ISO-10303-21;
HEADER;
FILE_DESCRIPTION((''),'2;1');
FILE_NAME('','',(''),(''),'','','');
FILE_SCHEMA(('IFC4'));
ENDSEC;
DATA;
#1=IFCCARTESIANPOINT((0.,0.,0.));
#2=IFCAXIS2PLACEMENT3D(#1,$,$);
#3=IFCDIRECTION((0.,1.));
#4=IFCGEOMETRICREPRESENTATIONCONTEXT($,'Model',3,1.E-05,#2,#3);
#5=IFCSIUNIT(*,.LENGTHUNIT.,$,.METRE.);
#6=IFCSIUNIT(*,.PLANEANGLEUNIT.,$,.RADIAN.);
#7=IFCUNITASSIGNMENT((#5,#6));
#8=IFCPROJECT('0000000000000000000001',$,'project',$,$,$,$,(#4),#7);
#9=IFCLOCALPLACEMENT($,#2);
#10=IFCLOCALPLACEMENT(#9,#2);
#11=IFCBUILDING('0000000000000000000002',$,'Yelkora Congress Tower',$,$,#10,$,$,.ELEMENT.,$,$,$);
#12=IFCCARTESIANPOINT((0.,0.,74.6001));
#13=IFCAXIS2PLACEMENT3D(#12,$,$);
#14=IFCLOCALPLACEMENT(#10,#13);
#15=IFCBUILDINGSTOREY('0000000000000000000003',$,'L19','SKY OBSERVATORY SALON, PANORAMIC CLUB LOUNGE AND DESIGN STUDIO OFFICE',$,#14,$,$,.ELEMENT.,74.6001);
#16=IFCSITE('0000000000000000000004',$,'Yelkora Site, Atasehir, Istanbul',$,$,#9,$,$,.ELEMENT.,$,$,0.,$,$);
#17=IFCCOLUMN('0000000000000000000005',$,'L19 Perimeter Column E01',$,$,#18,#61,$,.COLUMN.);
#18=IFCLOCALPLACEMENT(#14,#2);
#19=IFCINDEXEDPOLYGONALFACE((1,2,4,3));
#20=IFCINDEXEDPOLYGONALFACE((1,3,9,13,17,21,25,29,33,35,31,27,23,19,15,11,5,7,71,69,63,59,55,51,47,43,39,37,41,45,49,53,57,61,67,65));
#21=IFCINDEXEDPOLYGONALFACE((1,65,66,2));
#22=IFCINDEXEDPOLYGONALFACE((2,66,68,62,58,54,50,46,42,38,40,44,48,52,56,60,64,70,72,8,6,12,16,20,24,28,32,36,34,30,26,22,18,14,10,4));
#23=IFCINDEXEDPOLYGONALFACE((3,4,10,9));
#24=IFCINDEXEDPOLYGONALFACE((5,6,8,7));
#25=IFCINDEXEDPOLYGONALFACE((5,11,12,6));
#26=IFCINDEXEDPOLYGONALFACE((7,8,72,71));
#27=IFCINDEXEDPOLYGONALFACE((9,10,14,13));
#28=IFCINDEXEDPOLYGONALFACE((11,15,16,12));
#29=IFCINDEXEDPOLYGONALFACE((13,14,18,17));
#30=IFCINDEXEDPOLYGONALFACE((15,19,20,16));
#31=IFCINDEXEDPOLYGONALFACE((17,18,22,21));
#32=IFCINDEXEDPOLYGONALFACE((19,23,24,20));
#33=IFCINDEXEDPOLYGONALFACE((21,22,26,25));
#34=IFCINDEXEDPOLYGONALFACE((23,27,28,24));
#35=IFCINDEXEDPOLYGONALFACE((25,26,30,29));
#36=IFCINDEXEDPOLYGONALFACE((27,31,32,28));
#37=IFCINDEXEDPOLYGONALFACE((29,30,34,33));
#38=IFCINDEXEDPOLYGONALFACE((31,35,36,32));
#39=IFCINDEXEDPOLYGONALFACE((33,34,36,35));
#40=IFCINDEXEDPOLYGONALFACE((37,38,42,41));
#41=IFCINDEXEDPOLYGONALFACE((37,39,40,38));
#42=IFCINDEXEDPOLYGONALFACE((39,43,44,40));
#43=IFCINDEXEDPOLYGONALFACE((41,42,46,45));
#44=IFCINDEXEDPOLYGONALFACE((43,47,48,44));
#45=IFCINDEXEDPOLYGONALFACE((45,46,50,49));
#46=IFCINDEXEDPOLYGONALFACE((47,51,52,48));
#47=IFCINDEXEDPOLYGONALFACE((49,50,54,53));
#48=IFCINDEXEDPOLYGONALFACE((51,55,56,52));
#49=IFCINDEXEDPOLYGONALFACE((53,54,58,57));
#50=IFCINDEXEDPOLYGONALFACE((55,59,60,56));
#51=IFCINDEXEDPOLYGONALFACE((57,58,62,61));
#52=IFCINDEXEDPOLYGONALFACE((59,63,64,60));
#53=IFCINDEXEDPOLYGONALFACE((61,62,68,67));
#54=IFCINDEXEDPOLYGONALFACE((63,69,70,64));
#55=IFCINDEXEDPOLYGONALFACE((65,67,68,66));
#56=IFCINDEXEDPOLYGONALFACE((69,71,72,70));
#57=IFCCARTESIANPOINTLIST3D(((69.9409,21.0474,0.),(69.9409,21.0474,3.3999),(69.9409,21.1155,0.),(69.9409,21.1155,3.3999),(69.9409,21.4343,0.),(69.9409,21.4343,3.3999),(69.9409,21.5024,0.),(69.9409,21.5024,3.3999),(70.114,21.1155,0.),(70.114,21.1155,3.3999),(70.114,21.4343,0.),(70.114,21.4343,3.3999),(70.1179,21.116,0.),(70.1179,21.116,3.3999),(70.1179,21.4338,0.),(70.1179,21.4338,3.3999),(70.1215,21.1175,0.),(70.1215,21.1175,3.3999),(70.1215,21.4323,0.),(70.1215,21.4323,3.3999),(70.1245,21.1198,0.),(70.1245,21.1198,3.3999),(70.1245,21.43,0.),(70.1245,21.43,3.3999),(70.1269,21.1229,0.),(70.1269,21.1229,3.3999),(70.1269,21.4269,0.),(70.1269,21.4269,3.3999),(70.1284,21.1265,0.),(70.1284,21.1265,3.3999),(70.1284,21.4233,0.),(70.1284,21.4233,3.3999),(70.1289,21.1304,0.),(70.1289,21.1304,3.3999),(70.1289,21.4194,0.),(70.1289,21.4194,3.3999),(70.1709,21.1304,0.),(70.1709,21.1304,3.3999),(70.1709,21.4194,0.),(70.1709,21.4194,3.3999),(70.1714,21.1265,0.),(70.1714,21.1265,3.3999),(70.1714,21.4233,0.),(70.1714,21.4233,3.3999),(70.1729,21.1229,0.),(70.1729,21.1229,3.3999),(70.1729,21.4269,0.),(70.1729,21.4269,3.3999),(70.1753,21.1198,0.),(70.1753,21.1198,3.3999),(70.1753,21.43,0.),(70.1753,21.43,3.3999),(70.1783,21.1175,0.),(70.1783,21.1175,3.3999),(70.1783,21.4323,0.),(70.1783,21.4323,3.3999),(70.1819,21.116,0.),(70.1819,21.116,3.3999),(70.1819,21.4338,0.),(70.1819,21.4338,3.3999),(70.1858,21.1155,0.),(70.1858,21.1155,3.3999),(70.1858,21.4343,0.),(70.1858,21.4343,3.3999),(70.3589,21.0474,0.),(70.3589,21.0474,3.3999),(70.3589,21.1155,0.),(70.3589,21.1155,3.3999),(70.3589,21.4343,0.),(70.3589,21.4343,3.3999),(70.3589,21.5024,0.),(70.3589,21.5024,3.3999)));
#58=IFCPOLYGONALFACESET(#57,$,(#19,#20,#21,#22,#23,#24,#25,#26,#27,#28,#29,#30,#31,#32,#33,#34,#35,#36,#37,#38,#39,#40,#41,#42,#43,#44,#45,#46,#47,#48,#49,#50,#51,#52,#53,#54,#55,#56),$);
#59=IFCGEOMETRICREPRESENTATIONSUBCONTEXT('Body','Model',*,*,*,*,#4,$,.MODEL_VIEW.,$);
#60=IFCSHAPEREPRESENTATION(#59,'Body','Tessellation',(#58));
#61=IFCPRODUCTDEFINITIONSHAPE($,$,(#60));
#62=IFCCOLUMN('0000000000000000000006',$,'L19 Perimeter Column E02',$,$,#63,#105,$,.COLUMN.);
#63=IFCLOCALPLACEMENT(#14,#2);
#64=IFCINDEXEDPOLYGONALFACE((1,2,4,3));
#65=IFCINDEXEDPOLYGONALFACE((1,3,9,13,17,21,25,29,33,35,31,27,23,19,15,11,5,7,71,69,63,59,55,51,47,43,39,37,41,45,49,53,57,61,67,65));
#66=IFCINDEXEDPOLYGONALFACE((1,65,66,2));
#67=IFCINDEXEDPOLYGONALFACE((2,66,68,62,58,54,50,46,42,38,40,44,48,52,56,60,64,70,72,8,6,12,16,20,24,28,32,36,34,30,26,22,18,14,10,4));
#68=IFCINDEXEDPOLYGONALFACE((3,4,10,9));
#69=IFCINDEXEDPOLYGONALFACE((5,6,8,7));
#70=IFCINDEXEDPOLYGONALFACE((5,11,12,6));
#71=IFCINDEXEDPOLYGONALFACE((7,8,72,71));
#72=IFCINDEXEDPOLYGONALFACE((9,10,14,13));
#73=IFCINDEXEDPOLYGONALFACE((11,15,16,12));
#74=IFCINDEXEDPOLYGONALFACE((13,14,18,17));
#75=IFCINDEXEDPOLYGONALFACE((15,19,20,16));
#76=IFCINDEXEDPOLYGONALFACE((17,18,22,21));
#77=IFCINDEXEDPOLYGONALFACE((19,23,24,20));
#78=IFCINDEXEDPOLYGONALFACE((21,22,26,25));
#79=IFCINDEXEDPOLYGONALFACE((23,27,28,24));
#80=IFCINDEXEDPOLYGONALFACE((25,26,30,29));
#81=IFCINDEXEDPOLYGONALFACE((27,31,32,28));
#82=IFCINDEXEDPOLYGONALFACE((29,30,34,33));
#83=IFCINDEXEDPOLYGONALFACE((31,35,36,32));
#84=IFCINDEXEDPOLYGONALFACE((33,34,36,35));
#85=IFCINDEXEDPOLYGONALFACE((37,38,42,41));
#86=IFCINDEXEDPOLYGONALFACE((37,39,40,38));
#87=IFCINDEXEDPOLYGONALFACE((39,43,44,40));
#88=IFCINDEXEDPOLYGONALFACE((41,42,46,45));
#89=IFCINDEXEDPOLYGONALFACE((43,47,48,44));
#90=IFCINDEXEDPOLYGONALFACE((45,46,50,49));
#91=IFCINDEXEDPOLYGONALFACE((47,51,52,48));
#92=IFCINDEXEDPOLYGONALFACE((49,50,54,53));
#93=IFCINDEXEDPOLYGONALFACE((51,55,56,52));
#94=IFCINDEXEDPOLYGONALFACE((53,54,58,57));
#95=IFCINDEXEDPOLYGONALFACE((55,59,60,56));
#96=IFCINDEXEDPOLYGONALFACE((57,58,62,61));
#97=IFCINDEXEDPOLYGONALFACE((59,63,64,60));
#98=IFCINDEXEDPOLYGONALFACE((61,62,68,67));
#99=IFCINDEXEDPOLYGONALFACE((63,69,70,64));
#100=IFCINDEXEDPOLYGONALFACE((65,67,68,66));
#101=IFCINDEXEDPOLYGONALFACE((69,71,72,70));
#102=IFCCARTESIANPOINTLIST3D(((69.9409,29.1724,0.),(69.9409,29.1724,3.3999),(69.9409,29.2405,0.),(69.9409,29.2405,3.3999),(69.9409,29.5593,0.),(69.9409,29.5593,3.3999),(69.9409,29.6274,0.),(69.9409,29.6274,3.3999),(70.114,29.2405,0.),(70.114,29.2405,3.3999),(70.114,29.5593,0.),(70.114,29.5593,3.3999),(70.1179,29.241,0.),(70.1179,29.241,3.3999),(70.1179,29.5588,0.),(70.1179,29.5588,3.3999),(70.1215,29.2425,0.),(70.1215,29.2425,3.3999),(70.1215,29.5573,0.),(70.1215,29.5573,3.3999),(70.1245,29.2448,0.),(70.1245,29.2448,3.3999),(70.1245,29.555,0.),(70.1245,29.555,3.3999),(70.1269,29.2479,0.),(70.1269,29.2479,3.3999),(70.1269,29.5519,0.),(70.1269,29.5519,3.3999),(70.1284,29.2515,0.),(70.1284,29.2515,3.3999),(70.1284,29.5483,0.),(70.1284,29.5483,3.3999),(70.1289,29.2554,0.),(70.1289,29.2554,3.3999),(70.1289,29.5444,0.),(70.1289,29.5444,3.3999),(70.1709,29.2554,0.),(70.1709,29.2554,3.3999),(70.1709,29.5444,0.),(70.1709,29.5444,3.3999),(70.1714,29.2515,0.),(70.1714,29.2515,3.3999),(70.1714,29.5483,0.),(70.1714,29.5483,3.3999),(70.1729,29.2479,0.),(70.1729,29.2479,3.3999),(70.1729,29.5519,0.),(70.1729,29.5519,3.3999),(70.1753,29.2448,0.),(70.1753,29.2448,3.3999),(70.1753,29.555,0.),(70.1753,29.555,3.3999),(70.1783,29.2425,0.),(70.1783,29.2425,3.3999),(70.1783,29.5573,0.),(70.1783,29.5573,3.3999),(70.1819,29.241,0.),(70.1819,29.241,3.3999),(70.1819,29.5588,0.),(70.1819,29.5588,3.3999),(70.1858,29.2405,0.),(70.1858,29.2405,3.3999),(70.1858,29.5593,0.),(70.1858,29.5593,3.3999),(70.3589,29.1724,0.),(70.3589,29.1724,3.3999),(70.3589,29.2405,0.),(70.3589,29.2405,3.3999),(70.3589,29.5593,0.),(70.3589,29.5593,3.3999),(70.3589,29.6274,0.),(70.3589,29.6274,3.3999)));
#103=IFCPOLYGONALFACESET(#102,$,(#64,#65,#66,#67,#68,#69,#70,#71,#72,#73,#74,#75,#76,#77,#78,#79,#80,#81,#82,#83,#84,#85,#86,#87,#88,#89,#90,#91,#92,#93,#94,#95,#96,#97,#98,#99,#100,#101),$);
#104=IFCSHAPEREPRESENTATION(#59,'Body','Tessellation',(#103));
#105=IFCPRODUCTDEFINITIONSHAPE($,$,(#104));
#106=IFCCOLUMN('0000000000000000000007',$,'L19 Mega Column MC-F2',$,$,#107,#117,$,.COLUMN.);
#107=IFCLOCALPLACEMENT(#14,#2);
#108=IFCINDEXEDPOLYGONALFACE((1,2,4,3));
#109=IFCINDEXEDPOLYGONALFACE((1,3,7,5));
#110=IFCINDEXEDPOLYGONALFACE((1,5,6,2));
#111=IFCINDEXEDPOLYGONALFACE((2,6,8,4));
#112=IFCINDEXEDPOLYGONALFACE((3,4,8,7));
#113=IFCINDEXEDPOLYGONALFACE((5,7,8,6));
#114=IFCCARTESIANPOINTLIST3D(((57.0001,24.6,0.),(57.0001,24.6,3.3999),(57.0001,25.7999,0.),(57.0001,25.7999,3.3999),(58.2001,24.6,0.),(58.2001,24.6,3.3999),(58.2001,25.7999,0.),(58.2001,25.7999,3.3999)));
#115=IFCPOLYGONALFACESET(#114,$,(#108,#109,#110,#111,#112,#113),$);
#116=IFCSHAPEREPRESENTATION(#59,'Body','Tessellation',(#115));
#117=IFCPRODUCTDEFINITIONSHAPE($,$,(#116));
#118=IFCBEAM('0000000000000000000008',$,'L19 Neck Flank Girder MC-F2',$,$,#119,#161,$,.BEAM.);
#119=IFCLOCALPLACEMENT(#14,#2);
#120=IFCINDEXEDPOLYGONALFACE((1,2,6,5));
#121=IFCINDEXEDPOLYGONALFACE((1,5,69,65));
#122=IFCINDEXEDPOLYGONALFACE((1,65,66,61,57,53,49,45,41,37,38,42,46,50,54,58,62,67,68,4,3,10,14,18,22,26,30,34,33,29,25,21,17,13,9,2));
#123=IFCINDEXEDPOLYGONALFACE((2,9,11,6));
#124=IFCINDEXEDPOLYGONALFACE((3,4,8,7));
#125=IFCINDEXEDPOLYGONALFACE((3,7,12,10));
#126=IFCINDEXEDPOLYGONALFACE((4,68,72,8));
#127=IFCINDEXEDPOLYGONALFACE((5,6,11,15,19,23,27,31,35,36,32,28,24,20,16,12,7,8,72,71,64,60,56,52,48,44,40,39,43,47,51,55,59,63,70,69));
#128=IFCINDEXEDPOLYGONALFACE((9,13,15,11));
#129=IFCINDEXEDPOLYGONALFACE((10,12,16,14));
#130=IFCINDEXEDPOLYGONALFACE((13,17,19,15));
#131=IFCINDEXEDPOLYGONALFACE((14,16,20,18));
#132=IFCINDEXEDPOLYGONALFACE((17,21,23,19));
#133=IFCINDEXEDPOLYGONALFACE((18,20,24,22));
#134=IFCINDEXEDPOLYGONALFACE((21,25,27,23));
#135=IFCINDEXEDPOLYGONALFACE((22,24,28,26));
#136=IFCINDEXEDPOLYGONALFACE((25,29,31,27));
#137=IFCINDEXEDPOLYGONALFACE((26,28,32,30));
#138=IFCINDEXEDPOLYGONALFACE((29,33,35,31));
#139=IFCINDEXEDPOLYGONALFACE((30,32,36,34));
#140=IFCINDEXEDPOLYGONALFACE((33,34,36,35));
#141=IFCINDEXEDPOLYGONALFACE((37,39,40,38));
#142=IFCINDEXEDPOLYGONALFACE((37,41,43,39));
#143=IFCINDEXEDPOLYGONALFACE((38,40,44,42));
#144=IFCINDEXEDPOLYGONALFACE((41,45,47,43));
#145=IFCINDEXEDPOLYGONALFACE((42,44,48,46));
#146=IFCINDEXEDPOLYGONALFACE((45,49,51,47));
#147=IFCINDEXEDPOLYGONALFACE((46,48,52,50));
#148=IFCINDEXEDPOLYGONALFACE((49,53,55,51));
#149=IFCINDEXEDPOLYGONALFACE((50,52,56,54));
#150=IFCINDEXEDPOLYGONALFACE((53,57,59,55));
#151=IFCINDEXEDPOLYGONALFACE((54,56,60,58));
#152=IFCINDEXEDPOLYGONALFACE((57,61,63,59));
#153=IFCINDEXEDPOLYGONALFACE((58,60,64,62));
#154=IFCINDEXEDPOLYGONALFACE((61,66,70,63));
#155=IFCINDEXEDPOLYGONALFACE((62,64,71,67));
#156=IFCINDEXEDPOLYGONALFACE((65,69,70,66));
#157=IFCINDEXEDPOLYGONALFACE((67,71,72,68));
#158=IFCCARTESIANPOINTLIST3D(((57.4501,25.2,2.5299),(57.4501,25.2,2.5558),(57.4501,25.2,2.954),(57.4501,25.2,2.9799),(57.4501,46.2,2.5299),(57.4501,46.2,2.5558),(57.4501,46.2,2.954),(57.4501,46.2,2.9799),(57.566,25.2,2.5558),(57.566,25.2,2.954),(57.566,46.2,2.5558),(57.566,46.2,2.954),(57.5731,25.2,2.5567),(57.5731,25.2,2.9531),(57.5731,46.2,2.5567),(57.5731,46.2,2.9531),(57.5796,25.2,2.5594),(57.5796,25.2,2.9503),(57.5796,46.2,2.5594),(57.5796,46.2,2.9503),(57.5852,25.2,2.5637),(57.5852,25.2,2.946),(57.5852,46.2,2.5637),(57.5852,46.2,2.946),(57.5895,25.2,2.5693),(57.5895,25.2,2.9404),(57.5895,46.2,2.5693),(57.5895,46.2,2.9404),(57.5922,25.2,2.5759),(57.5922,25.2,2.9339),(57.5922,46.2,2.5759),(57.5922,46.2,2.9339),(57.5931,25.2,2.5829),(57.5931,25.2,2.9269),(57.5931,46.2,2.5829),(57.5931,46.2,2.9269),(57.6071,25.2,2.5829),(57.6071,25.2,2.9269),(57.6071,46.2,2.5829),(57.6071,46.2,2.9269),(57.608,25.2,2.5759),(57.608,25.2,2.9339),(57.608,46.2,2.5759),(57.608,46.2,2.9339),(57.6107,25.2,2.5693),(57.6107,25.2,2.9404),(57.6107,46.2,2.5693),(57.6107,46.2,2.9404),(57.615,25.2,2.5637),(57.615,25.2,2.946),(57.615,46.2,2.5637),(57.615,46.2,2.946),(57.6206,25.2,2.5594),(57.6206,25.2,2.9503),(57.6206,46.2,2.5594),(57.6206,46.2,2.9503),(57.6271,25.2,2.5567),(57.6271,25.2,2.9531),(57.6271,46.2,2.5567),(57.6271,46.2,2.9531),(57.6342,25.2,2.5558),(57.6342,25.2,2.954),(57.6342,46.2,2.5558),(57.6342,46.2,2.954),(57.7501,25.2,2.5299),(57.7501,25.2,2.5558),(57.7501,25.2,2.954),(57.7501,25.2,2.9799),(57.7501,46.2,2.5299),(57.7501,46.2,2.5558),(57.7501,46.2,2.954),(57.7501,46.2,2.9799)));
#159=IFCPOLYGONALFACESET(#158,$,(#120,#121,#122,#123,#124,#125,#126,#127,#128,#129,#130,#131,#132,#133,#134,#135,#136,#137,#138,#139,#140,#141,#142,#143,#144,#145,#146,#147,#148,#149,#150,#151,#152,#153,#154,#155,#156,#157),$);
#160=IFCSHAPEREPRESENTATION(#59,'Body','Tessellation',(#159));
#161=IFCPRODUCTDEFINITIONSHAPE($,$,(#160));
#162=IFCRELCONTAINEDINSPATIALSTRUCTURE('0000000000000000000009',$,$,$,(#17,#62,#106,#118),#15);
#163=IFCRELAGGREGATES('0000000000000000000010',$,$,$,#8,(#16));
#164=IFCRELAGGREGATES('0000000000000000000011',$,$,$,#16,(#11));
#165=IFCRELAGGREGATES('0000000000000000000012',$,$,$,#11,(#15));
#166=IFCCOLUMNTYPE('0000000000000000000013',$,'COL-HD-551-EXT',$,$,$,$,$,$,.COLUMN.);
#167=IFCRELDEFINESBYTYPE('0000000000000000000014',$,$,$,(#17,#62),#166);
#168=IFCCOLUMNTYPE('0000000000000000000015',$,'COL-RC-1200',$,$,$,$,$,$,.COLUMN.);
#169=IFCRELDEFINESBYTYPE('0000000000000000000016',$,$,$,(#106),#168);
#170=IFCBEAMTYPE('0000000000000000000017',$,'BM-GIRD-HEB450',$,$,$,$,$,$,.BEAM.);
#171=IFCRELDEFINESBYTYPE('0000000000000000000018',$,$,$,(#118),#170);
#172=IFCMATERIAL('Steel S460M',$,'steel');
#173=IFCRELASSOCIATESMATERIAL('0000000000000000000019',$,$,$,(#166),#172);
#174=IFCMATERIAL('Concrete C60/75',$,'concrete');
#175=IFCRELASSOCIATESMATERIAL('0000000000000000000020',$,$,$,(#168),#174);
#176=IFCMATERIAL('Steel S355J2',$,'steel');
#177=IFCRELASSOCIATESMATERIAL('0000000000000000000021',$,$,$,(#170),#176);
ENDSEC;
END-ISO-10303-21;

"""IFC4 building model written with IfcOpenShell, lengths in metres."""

from ifc_helpers import new_model, si_unit, direction, frame, origin, origin_2d, place, context, subcontext, project, spatial, rectangle, i_section, extrude, material, material_profile, profile_set, type_object, element, save


model = new_model("IFC4")

# Units and contexts
model_context = context("Model", 3, precision=1e-05, world=origin(), true_north=direction((0.0, 1.0)))
body_context = subcontext(model_context, "Body", "Model", "MODEL_VIEW")
ifc_project = project(units=[si_unit("LENGTHUNIT", "METRE"), si_unit("PLANEANGLEUNIT", "RADIAN")], contexts=[model_context])

# Site, building, storey
site_placement = place(None, origin())
site = spatial("IfcSite", under=ifc_project, at=site_placement, Name="Yelkora Site, Atasehir, Istanbul", CompositionType="ELEMENT", RefElevation=0.0)
building_placement = place(site_placement, origin())
building = spatial("IfcBuilding", under=site, at=building_placement, Name="Yelkora Congress Tower", CompositionType="ELEMENT")
storey_placement = place(building_placement, frame((0.0, 0.0, 74.6001)))
storey = spatial("IfcBuildingStorey", under=building, at=storey_placement, Name="L19", Description="SKY OBSERVATORY SALON, PANORAMIC CLUB LOUNGE AND DESIGN STUDIO OFFICE", CompositionType="ELEMENT", Elevation=74.6001)

# Columns
ifc_material_1 = material(Name="Steel S460M", Category="steel")
ifc_material_profile_1 = material_profile(ifc_material_1, i_section(OverallWidth=0.418, OverallDepth=0.4551, WebThickness=0.042, FlangeThickness=0.0681, FilletRadius=0.0149, at=origin_2d()), Name="HD 400x551")
ifc_profile_set_1 = profile_set([ifc_material_profile_1], Name="Steel S460M")
column_type_1 = type_object("IfcColumnType", Name="COL-HD-551-EXT", PredefinedType="COLUMN", material=ifc_profile_set_1)
for number, where, z_axis, x_axis, name in (
    (1, (70.1499, 21.2749, 0.0), (0.0, 0.0, 1.0), (1.0, 0.0, 0.0), "L19 Perimeter Column E01"),
    (2, (70.1499, 29.3999, 0.0), (0.0, 0.0, 1.0), (1.0, 0.0, 0.0), "L19 Perimeter Column E02"),
):
    element("IfcColumn", number, at=place(storey_placement, frame(where, z_axis=z_axis, x_axis=x_axis)), inside=storey, type_object=column_type_1, Name=name, PredefinedType="COLUMN", context=body_context, shape_type="SweptSolid", body=[
        extrude(i_section(OverallWidth=0.418, OverallDepth=0.4551, WebThickness=0.042, FlangeThickness=0.0681, FilletRadius=0.0149, at=origin_2d()), origin(), (0.0, 0.0, 1.0), 3.3999),
    ])
ifc_material_2 = material(Name="Concrete C60/75", Category="concrete")
ifc_material_profile_2 = material_profile(ifc_material_2, rectangle(XDim=1.2, YDim=1.2, at=origin_2d()), Name="RC 1200x1200")
ifc_profile_set_2 = profile_set([ifc_material_profile_2], Name="Concrete C60/75")
column_type_2 = type_object("IfcColumnType", Name="COL-RC-1200", PredefinedType="COLUMN", material=ifc_profile_set_2)
column_placement = place(storey_placement, frame((57.6001, 25.2, 0.0), z_axis=(0.0, 0.0, 1.0), x_axis=(1.0, 0.0, 0.0)))
element("IfcColumn", 3, at=column_placement, inside=storey, type_object=column_type_2, Name="L19 Mega Column MC-F2", PredefinedType="COLUMN", context=body_context, shape_type="SweptSolid", body=[
    extrude(rectangle(XDim=1.2, YDim=1.2, at=origin_2d()), origin(), (0.0, 0.0, 1.0), 3.3999),
])

# Beam
ifc_material_3 = material(Name="Steel S355J2", Category="steel")
ifc_material_profile_3 = material_profile(ifc_material_3, i_section(OverallWidth=0.3, OverallDepth=0.45, WebThickness=0.0139, FlangeThickness=0.0259, FilletRadius=0.0271, at=origin_2d()), Name="HEB 450")
ifc_profile_set_3 = profile_set([ifc_material_profile_3], Name="Steel S355J2")
beam_type_1 = type_object("IfcBeamType", Name="BM-GIRD-HEB450", PredefinedType="BEAM", material=ifc_profile_set_3)
beam_1_placement = place(storey_placement, frame((57.6001, 25.2, 2.7549), z_axis=(0.0, 1.0, 0.0), x_axis=(-1.0, 0.0, 0.0)))
element("IfcBeam", 4, at=beam_1_placement, inside=storey, type_object=beam_type_1, Name="L19 Neck Flank Girder MC-F2", PredefinedType="BEAM", context=body_context, shape_type="SweptSolid", body=[
    extrude(i_section(OverallWidth=0.3, OverallDepth=0.45, WebThickness=0.0139, FlangeThickness=0.0259, FilletRadius=0.0271, at=origin_2d()), origin(), (0.0, 0.0, 1.0), 21.0),
])

save(model, "model.ifc")
